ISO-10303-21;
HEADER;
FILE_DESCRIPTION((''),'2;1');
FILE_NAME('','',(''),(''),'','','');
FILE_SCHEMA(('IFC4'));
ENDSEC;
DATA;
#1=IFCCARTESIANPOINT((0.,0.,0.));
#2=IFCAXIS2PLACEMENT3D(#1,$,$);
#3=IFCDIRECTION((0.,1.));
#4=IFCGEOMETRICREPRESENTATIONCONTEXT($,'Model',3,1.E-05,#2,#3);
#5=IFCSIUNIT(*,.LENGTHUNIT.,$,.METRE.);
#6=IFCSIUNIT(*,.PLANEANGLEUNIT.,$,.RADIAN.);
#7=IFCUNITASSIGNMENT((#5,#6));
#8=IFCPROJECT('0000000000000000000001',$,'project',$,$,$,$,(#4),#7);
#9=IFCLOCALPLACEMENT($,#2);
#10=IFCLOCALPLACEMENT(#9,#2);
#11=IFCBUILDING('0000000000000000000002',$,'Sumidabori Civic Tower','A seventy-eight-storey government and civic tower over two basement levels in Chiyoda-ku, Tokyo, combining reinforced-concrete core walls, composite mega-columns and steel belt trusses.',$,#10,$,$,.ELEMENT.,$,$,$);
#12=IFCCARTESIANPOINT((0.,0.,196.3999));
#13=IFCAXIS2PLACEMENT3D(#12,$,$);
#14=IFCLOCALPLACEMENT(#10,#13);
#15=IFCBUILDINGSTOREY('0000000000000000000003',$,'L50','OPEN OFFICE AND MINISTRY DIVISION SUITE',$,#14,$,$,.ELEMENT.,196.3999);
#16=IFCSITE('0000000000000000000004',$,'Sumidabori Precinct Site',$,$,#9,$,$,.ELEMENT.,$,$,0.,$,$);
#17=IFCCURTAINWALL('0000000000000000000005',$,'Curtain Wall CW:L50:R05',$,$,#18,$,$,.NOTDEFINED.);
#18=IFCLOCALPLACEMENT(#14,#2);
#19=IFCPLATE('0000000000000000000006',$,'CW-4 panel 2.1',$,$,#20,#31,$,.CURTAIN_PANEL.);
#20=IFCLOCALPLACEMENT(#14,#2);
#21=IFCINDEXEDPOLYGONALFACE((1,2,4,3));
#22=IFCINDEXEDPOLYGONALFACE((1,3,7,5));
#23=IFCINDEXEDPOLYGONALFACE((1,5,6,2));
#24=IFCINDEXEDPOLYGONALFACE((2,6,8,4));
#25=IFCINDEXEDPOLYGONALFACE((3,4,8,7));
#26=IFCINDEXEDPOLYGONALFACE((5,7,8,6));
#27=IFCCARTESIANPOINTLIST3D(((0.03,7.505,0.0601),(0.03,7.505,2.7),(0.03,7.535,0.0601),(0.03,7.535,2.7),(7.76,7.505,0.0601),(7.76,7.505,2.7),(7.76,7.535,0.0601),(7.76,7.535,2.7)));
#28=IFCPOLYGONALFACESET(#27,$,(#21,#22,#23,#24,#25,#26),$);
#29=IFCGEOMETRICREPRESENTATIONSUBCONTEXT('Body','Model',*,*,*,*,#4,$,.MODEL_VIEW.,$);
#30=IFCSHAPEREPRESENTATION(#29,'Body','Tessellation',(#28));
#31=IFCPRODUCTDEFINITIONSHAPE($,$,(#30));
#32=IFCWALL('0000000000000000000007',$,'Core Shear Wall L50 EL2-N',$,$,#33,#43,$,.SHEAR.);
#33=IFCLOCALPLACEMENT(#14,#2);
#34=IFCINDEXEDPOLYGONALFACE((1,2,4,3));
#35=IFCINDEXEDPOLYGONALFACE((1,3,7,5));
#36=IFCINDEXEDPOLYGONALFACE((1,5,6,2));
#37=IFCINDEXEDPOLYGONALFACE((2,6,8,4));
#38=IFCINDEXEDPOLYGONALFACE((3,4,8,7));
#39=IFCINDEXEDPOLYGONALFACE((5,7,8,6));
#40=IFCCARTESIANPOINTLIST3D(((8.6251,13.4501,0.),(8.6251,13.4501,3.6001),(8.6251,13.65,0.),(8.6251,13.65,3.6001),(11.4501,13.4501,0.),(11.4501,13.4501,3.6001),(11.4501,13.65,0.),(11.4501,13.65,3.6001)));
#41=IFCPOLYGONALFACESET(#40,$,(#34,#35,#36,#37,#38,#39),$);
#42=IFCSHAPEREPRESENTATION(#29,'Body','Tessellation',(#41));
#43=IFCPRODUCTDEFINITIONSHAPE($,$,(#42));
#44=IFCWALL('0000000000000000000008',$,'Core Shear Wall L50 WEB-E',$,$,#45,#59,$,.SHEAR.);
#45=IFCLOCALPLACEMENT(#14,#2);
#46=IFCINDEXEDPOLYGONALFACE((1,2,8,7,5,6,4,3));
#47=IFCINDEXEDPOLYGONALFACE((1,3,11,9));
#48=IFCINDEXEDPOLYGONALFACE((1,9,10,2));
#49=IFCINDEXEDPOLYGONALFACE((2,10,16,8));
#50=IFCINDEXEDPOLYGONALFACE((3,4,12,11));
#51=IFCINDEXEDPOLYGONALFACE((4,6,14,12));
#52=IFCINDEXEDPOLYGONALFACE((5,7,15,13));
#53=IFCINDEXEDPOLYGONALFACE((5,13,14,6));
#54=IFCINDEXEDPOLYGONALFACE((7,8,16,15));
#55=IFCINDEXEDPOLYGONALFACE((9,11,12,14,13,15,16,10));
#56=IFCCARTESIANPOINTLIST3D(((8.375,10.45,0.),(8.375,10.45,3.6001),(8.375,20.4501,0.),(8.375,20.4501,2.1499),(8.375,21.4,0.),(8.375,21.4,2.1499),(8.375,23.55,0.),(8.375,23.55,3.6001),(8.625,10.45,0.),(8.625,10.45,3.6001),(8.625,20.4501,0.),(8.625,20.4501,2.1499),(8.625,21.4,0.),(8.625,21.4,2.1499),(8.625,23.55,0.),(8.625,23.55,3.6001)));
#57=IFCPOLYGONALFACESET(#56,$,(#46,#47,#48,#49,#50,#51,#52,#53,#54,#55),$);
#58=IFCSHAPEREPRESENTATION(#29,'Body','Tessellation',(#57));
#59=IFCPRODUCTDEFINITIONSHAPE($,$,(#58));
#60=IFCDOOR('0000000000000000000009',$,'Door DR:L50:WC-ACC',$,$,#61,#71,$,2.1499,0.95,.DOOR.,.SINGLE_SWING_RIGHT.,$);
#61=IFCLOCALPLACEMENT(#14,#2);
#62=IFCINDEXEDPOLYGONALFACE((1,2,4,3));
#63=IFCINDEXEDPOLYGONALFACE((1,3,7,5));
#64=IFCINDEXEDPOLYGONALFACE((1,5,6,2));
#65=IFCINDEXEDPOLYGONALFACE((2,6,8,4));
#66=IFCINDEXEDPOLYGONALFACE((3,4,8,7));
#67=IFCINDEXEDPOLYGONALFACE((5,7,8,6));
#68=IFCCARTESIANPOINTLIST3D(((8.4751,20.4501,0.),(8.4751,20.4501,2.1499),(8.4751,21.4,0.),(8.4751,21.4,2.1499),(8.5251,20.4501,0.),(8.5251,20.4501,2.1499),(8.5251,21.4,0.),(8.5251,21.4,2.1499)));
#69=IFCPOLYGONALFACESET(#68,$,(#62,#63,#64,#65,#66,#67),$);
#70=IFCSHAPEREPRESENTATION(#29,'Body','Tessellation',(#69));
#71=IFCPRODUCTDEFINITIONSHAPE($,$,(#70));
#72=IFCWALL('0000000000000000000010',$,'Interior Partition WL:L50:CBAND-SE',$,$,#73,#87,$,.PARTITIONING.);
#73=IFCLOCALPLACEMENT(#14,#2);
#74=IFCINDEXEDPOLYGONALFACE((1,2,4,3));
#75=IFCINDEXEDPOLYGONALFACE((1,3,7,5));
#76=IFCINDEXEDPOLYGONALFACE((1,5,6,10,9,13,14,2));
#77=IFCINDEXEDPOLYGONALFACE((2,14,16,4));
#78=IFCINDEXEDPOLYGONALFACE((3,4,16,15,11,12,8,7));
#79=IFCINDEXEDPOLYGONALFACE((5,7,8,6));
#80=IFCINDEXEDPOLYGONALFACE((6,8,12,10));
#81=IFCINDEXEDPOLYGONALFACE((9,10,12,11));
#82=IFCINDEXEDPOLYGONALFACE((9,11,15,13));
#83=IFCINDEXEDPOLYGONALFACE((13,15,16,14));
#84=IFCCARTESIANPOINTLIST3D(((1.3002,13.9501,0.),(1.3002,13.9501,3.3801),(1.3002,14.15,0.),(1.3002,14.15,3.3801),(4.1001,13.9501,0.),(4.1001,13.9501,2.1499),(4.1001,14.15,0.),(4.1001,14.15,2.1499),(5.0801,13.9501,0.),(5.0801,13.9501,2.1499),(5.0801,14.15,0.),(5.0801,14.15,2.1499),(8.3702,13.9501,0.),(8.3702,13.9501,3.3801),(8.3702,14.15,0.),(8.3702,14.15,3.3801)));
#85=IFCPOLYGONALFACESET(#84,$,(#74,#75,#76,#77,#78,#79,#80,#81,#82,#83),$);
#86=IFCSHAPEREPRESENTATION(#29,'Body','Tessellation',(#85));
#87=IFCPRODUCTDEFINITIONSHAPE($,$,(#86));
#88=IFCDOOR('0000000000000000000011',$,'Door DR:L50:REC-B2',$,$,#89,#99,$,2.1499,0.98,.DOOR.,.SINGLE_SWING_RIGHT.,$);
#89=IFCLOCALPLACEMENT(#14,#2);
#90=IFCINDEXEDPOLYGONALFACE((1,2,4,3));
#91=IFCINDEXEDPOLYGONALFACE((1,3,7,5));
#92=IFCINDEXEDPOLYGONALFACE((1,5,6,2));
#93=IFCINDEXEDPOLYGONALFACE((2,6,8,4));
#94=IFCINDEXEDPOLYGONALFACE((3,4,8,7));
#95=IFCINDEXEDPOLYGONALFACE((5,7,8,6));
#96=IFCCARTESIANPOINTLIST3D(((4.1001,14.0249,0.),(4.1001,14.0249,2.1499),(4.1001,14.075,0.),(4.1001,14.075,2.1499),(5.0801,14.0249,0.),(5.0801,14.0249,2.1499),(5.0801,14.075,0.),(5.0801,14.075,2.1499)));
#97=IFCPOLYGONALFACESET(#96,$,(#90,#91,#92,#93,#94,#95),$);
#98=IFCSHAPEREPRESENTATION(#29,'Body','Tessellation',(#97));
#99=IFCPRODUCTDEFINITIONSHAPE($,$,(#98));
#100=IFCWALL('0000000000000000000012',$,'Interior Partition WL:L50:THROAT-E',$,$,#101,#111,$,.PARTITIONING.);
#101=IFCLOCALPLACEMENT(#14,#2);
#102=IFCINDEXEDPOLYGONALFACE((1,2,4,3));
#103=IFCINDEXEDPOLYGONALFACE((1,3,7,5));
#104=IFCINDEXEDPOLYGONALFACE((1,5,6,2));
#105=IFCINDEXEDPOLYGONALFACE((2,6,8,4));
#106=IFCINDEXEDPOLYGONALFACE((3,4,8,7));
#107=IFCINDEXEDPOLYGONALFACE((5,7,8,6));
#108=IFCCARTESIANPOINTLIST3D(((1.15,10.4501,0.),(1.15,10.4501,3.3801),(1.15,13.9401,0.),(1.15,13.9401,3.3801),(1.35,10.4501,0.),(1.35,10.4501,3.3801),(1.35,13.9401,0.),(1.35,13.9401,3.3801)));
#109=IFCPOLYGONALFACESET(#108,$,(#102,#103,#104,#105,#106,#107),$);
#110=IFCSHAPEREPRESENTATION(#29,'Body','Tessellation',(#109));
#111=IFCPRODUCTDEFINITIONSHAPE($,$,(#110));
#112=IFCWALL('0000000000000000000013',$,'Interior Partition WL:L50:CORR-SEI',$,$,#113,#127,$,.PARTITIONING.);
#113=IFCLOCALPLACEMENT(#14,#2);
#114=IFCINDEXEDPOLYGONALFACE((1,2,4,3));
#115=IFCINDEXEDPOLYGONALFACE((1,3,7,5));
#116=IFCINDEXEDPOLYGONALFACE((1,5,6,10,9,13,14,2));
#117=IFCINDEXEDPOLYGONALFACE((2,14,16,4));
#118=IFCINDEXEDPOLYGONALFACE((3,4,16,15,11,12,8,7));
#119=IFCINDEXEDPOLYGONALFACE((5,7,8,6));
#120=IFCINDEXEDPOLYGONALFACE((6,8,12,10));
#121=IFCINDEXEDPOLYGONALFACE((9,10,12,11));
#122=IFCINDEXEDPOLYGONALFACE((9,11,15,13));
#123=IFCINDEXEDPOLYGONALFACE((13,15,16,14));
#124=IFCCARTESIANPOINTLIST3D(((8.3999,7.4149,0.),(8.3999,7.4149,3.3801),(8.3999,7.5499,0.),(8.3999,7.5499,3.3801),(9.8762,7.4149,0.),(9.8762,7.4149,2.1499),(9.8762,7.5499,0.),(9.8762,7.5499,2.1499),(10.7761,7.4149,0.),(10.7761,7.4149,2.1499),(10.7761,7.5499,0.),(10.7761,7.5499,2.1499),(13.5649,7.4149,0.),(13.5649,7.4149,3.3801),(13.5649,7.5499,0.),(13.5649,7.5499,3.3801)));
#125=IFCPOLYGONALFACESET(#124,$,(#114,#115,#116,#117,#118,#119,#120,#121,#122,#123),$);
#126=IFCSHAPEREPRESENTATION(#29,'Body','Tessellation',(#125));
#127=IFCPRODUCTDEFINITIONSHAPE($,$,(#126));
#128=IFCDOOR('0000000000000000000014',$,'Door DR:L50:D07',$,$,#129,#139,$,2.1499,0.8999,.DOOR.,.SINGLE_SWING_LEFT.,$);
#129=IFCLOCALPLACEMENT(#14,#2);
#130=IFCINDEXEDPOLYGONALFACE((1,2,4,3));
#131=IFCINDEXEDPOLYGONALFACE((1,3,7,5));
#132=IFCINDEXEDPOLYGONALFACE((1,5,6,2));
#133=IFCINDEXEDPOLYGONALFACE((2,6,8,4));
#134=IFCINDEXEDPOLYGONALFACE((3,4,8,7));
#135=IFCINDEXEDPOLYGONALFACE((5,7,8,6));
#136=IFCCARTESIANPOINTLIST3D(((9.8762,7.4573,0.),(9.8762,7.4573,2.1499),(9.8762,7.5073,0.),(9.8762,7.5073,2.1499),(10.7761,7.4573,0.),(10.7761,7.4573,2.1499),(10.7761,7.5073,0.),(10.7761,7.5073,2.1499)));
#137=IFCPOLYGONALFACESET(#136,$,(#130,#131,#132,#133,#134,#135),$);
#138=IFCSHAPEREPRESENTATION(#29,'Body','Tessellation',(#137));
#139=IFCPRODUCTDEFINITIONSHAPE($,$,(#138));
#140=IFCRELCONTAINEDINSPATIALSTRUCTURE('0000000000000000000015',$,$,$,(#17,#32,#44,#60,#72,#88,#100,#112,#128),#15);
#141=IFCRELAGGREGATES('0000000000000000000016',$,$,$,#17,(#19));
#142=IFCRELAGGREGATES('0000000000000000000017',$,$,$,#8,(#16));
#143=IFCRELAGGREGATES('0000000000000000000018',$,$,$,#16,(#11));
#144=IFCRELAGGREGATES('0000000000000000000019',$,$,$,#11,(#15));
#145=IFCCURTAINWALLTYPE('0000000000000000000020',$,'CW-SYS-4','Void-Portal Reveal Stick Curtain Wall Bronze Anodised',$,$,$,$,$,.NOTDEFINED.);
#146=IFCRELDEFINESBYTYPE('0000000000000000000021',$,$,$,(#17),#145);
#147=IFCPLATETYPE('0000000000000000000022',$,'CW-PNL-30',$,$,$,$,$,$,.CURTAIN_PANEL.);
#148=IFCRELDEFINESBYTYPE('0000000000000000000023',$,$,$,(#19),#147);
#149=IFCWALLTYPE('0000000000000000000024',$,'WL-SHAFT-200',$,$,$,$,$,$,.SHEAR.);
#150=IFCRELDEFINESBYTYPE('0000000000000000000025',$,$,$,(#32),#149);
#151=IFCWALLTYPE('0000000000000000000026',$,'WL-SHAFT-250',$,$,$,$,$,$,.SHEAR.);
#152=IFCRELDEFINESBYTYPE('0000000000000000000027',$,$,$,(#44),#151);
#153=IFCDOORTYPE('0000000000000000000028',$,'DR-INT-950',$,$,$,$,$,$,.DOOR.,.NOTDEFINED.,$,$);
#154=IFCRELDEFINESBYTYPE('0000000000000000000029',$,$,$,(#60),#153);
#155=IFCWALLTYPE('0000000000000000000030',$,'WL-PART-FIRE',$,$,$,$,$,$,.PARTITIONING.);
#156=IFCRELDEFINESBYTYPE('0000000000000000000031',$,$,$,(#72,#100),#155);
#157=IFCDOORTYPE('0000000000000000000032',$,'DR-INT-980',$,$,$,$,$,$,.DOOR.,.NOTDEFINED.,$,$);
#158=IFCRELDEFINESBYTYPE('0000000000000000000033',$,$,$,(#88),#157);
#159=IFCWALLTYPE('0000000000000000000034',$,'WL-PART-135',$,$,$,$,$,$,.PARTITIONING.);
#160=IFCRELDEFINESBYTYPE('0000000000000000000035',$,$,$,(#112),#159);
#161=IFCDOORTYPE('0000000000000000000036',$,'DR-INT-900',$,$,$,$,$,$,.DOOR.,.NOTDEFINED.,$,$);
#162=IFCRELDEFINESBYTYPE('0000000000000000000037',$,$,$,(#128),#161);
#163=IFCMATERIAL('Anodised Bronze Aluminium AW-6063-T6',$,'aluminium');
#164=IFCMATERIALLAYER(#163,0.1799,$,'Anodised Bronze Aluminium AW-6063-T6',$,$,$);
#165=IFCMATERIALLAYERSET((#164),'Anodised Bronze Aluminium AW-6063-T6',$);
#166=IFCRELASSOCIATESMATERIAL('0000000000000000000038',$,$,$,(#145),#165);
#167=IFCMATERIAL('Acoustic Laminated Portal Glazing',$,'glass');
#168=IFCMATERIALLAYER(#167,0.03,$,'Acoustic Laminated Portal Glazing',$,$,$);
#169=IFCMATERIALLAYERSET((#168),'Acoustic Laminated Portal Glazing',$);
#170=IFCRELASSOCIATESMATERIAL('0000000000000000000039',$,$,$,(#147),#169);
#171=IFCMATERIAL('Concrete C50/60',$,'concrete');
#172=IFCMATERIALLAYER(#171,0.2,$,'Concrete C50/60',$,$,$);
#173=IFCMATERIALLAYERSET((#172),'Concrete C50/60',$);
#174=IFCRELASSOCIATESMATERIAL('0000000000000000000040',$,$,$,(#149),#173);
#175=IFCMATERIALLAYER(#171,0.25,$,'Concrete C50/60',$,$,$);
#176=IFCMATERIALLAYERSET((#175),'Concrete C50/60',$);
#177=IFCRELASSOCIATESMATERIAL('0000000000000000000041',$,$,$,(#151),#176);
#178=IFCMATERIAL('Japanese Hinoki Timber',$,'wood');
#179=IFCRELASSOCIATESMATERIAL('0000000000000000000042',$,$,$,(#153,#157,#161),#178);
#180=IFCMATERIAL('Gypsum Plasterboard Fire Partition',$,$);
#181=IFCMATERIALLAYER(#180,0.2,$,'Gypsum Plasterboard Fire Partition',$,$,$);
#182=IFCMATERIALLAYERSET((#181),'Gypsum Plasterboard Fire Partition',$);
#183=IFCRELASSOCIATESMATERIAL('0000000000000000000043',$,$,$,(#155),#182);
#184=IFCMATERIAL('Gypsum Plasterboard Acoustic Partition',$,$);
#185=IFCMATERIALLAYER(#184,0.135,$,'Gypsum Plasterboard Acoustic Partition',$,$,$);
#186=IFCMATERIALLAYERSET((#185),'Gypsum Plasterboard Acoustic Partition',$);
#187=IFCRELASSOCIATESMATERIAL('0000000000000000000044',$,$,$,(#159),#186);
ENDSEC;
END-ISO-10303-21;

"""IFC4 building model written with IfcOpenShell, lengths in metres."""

from ifc_helpers import new_model, si_unit, direction, frame, frame_2d, origin, origin_2d, place, context, subcontext, project, spatial, rectangle, extrude, source, transform, mapped, material, layer, layer_set, type_object, element, fill, aggregate, save


model = new_model("IFC4")

# Units and contexts
model_context = context("Model", 3, precision=1e-05, world=origin(), true_north=direction((0.0, 1.0)))
body_context = subcontext(model_context, "Body", "Model", "MODEL_VIEW")
ifc_project = project(units=[si_unit("LENGTHUNIT", "METRE"), si_unit("PLANEANGLEUNIT", "RADIAN")], contexts=[model_context])

# Site, building, storey
site_placement = place(None, origin())
site = spatial("IfcSite", under=ifc_project, at=site_placement, Name="Sumidabori Precinct Site", CompositionType="ELEMENT", RefElevation=0.0)
building_placement = place(site_placement, origin())
building = spatial("IfcBuilding", under=site, at=building_placement, Name="Sumidabori Civic Tower", Description="A seventy-eight-storey government and civic tower over two basement levels in Chiyoda-ku, Tokyo, combining reinforced-concrete core walls, composite mega-columns and steel belt trusses.", CompositionType="ELEMENT")
storey_placement = place(building_placement, frame((0.0, 0.0, 196.3999)))
storey = spatial("IfcBuildingStorey", under=building, at=storey_placement, Name="L50", Description="OPEN OFFICE AND MINISTRY DIVISION SUITE", CompositionType="ELEMENT", Elevation=196.3999)

# Curtain wall
ifc_material_1 = material(Name="Anodised Bronze Aluminium AW-6063-T6", Category="aluminium")
ifc_layer_1 = layer(ifc_material_1, 0.1799, Name="Anodised Bronze Aluminium AW-6063-T6")
ifc_layer_set_1 = layer_set([ifc_layer_1], Name="Anodised Bronze Aluminium AW-6063-T6")
curtain_wall_type = type_object("IfcCurtainWallType", Name="CW-SYS-4", Description="Void-Portal Reveal Stick Curtain Wall Bronze Anodised", PredefinedType="NOTDEFINED", material=ifc_layer_set_1)
curtain_wall_1_placement = place(storey_placement, origin())
curtain_wall_1 = element("IfcCurtainWall", 1, at=curtain_wall_1_placement, inside=storey, type_object=curtain_wall_type, Name="Curtain Wall CW:L50:R05", PredefinedType="NOTDEFINED")

# Plate
ifc_material_2 = material(Name="Acoustic Laminated Portal Glazing", Category="glass")
ifc_layer_2 = layer(ifc_material_2, 0.03, Name="Acoustic Laminated Portal Glazing")
ifc_layer_set_2 = layer_set([ifc_layer_2], Name="Acoustic Laminated Portal Glazing")
plate_type = type_object("IfcPlateType", Name="CW-PNL-30", PredefinedType="CURTAIN_PANEL", material=ifc_layer_set_2)
shared_shape_1 = source(origin(), body_context, "Body", "SweptSolid", [
    extrude(rectangle(XDim=7.73, YDim=0.03, at=origin_2d()), origin(), (0.0, 0.0, 1.0), 2.6399),
])
plate_1_placement = place(storey_placement, frame((3.895, 7.52, 0.0601), z_axis=(0.0, 0.0, 1.0), x_axis=(1.0, 0.0, 0.0)))
plate_1 = element("IfcPlate", 2, at=plate_1_placement, type_object=plate_type, Name="CW-4 panel 2.1", PredefinedType="CURTAIN_PANEL", context=body_context, shape_type="MappedRepresentation", body=[
    mapped(shared_shape_1, transform((0.0, 0.0, 0.0), x_axis=(1.0, 0.0, 0.0), y_axis=(0.0, 1.0, 0.0), z_axis=(0.0, 0.0, 1.0), scale=1.0)),
])
aggregate(curtain_wall_1, [plate_1])

# Wall
ifc_material_3 = material(Name="Concrete C50/60", Category="concrete")
ifc_layer_3 = layer(ifc_material_3, 0.2, Name="Concrete C50/60")
ifc_layer_set_3 = layer_set([ifc_layer_3], Name="Concrete C50/60")
wall_type_1 = type_object("IfcWallType", Name="WL-SHAFT-200", PredefinedType="SHEAR", material=ifc_layer_set_3)
shared_shape_2 = source(origin(), body_context, "Body", "SweptSolid", [
    extrude(rectangle(XDim=2.825, YDim=0.2, at=frame_2d((1.4126, 0.0))), origin(), (0.0, 0.0, 1.0), 3.6001),
])
wall_1_placement = place(storey_placement, frame((8.625, 13.55, 0.0), z_axis=(0.0, 0.0, 1.0), x_axis=(1.0, 0.0, 0.0)))
element("IfcWall", 3, at=wall_1_placement, inside=storey, type_object=wall_type_1, Name="Core Shear Wall L50 EL2-N", PredefinedType="SHEAR", context=body_context, shape_type="MappedRepresentation", body=[
    mapped(shared_shape_2, transform((0.0, 0.0, 0.0), x_axis=(1.0, 0.0, 0.0), y_axis=(0.0, 1.0, 0.0), z_axis=(0.0, 0.0, 1.0), scale=1.0)),
])

# Walls, openings, doors
ifc_layer_4 = layer(ifc_material_3, 0.25, Name="Concrete C50/60")
ifc_layer_set_4 = layer_set([ifc_layer_4], Name="Concrete C50/60")
wall_type_2 = type_object("IfcWallType", Name="WL-SHAFT-250", PredefinedType="SHEAR", material=ifc_layer_set_4)
shared_shape_3 = source(origin(), body_context, "Body", "SweptSolid", [
    extrude(rectangle(XDim=13.1001, YDim=0.25, at=frame_2d((6.55, 0.0))), origin(), (0.0, 0.0, 1.0), 3.6001),
])
wall_2_placement = place(storey_placement, frame((8.5, 10.45, 0.0), z_axis=(0.0, 0.0, 1.0), x_axis=(0.0, 1.0, 0.0)))
wall_2 = element("IfcWall", 4, at=wall_2_placement, inside=storey, type_object=wall_type_2, Name="Core Shear Wall L50 WEB-E", PredefinedType="SHEAR", context=body_context, shape_type="MappedRepresentation", body=[
    mapped(shared_shape_3, transform((0.0, 0.0, 0.0), x_axis=(1.0, 0.0, 0.0), y_axis=(0.0, 1.0, 0.0), z_axis=(0.0, 0.0, 1.0), scale=1.0)),
])
opening_1_placement = place(wall_2_placement, frame((10.0, 0.0, 0.0)))
opening_1 = element("IfcOpeningElement", 5, at=opening_1_placement, cuts=wall_2, PredefinedType="OPENING", context=body_context, shape_type="SweptSolid", body=[
    extrude(rectangle(XDim=0.95, YDim=2.1499, at=frame_2d((0.4751, 1.075))), frame((0.0, 0.137, 0.0), z_axis=(0.0, -1.0, 0.0), x_axis=(1.0, 0.0, 0.0)), (0.0, 0.0, 1.0), 0.2739),
])
ifc_material_4 = material(Name="Japanese Hinoki Timber", Category="wood")
door_type_1 = type_object("IfcDoorType", Name="DR-INT-950", OperationType="NOTDEFINED", PredefinedType="DOOR", material=ifc_material_4)
shared_shape_4 = source(origin(), body_context, "Body", "SweptSolid", [
    extrude(rectangle(XDim=0.95, YDim=2.1499, at=frame_2d((0.4751, 1.075))), frame((0.0, 0.0249, 0.0), z_axis=(0.0, -1.0, 0.0), x_axis=(1.0, 0.0, 0.0)), (0.0, 0.0, 1.0), 0.05),
])
door_1_placement = place(opening_1_placement, origin())
door_1 = element("IfcDoor", 6, at=door_1_placement, inside=storey, type_object=door_type_1, Name="Door DR:L50:WC-ACC", OperationType="SINGLE_SWING_RIGHT", OverallHeight=2.1499, OverallWidth=0.95, PredefinedType="DOOR", context=body_context, shape_type="MappedRepresentation", body=[
    mapped(shared_shape_4, transform((0.0, 0.0, 0.0), x_axis=(1.0, 0.0, 0.0), y_axis=(0.0, 1.0, 0.0), z_axis=(0.0, 0.0, 1.0), scale=1.0)),
])
fill(opening_1, door_1)
ifc_material_5 = material(Name="Gypsum Plasterboard Fire Partition")
ifc_layer_5 = layer(ifc_material_5, 0.2, Name="Gypsum Plasterboard Fire Partition")
ifc_layer_set_5 = layer_set([ifc_layer_5], Name="Gypsum Plasterboard Fire Partition")
wall_type_3 = type_object("IfcWallType", Name="WL-PART-FIRE", PredefinedType="PARTITIONING", material=ifc_layer_set_5)
shared_shape_5 = source(origin(), body_context, "Body", "SweptSolid", [
    extrude(rectangle(XDim=7.0701, YDim=0.2, at=frame_2d((3.5352, 0.0))), origin(), (0.0, 0.0, 1.0), 3.3801),
])
wall_3_placement = place(storey_placement, frame((1.3, 14.05, 0.0), z_axis=(0.0, 0.0, 1.0), x_axis=(1.0, 0.0, 0.0)))
wall_3 = element("IfcWall", 7, at=wall_3_placement, inside=storey, type_object=wall_type_3, Name="Interior Partition WL:L50:CBAND-SE", PredefinedType="PARTITIONING", context=body_context, shape_type="MappedRepresentation", body=[
    mapped(shared_shape_5, transform((0.0, 0.0, 0.0), x_axis=(1.0, 0.0, 0.0), y_axis=(0.0, 1.0, 0.0), z_axis=(0.0, 0.0, 1.0), scale=1.0)),
])
opening_2_placement = place(wall_3_placement, frame((2.8, 0.0, 0.0)))
opening_2 = element("IfcOpeningElement", 8, at=opening_2_placement, cuts=wall_3, PredefinedType="OPENING", context=body_context, shape_type="SweptSolid", body=[
    extrude(rectangle(XDim=0.98, YDim=2.1499, at=frame_2d((0.49, 1.075))), frame((0.0, 0.1118, 0.0), z_axis=(0.0, -1.0, 0.0), x_axis=(1.0, 0.0, 0.0)), (0.0, 0.0, 1.0), 0.2239),
])
door_type_2 = type_object("IfcDoorType", Name="DR-INT-980", OperationType="NOTDEFINED", PredefinedType="DOOR", material=ifc_material_4)
shared_shape_6 = source(origin(), body_context, "Body", "SweptSolid", [
    extrude(rectangle(XDim=0.98, YDim=2.1499, at=frame_2d((0.49, 1.075))), frame((0.0, 0.0249, 0.0), z_axis=(0.0, -1.0, 0.0), x_axis=(1.0, 0.0, 0.0)), (0.0, 0.0, 1.0), 0.05),
])
door_2_placement = place(opening_2_placement, origin())
door_2 = element("IfcDoor", 9, at=door_2_placement, inside=storey, type_object=door_type_2, Name="Door DR:L50:REC-B2", OperationType="SINGLE_SWING_RIGHT", OverallHeight=2.1499, OverallWidth=0.98, PredefinedType="DOOR", context=body_context, shape_type="MappedRepresentation", body=[
    mapped(shared_shape_6, transform((0.0, 0.0, 0.0), x_axis=(1.0, 0.0, 0.0), y_axis=(0.0, 1.0, 0.0), z_axis=(0.0, 0.0, 1.0), scale=1.0)),
])
fill(opening_2, door_2)

# Wall
shared_shape_7 = source(origin(), body_context, "Body", "SweptSolid", [
    extrude(rectangle(XDim=3.49, YDim=0.2, at=frame_2d((1.7451, 0.0))), origin(), (0.0, 0.0, 1.0), 3.3801),
])
wall_4_placement = place(storey_placement, frame((1.25, 10.45, 0.0), z_axis=(0.0, 0.0, 1.0), x_axis=(0.0, 1.0, 0.0)))
element("IfcWall", 10, at=wall_4_placement, inside=storey, type_object=wall_type_3, Name="Interior Partition WL:L50:THROAT-E", PredefinedType="PARTITIONING", context=body_context, shape_type="MappedRepresentation", body=[
    mapped(shared_shape_7, transform((0.0, 0.0, 0.0), x_axis=(1.0, 0.0, 0.0), y_axis=(0.0, 1.0, 0.0), z_axis=(0.0, 0.0, 1.0), scale=1.0)),
])

# Wall, opening, door
ifc_material_6 = material(Name="Gypsum Plasterboard Acoustic Partition")
ifc_layer_6 = layer(ifc_material_6, 0.135, Name="Gypsum Plasterboard Acoustic Partition")
ifc_layer_set_6 = layer_set([ifc_layer_6], Name="Gypsum Plasterboard Acoustic Partition")
wall_type_4 = type_object("IfcWallType", Name="WL-PART-135", PredefinedType="PARTITIONING", material=ifc_layer_set_6)
shared_shape_8 = source(origin(), body_context, "Body", "SweptSolid", [
    extrude(rectangle(XDim=5.165, YDim=0.135, at=frame_2d((2.5825, 0.0))), origin(), (0.0, 0.0, 1.0), 3.3801),
])
wall_5_placement = place(storey_placement, frame((8.3999, 7.4824, 0.0), z_axis=(0.0, 0.0, 1.0), x_axis=(1.0, 0.0, 0.0)))
wall_5 = element("IfcWall", 11, at=wall_5_placement, inside=storey, type_object=wall_type_4, Name="Interior Partition WL:L50:CORR-SEI", PredefinedType="PARTITIONING", context=body_context, shape_type="MappedRepresentation", body=[
    mapped(shared_shape_8, transform((0.0, 0.0, 0.0), x_axis=(1.0, 0.0, 0.0), y_axis=(0.0, 1.0, 0.0), z_axis=(0.0, 0.0, 1.0), scale=1.0)),
])
opening_3_placement = place(wall_5_placement, frame((1.4763, 0.0, 0.0)))
opening_3 = element("IfcOpeningElement", 12, at=opening_3_placement, cuts=wall_5, PredefinedType="OPENING", context=body_context, shape_type="SweptSolid", body=[
    extrude(rectangle(XDim=0.8999, YDim=2.1499, at=frame_2d((0.45, 1.075))), frame((0.0, 0.0796, 0.0), z_axis=(0.0, -1.0, 0.0), x_axis=(1.0, 0.0, 0.0)), (0.0, 0.0, 1.0), 0.1589),
])
door_type_3 = type_object("IfcDoorType", Name="DR-INT-900", OperationType="NOTDEFINED", PredefinedType="DOOR", material=ifc_material_4)
shared_shape_9 = source(origin(), body_context, "Body", "SweptSolid", [
    extrude(rectangle(XDim=0.8999, YDim=2.1499, at=frame_2d((0.45, 1.075))), frame((0.0, 0.0249, 0.0), z_axis=(0.0, -1.0, 0.0), x_axis=(1.0, 0.0, 0.0)), (0.0, 0.0, 1.0), 0.05),
])
door_3_placement = place(opening_3_placement, origin())
door_3 = element("IfcDoor", 13, at=door_3_placement, inside=storey, type_object=door_type_3, Name="Door DR:L50:D07", OperationType="SINGLE_SWING_LEFT", OverallHeight=2.1499, OverallWidth=0.8999, PredefinedType="DOOR", context=body_context, shape_type="MappedRepresentation", body=[
    mapped(shared_shape_9, transform((0.0, 0.0, 0.0), x_axis=(1.0, 0.0, 0.0), y_axis=(0.0, 1.0, 0.0), z_axis=(0.0, 0.0, 1.0), scale=1.0)),
])
fill(opening_3, door_3)

save(model, "model.ifc")
